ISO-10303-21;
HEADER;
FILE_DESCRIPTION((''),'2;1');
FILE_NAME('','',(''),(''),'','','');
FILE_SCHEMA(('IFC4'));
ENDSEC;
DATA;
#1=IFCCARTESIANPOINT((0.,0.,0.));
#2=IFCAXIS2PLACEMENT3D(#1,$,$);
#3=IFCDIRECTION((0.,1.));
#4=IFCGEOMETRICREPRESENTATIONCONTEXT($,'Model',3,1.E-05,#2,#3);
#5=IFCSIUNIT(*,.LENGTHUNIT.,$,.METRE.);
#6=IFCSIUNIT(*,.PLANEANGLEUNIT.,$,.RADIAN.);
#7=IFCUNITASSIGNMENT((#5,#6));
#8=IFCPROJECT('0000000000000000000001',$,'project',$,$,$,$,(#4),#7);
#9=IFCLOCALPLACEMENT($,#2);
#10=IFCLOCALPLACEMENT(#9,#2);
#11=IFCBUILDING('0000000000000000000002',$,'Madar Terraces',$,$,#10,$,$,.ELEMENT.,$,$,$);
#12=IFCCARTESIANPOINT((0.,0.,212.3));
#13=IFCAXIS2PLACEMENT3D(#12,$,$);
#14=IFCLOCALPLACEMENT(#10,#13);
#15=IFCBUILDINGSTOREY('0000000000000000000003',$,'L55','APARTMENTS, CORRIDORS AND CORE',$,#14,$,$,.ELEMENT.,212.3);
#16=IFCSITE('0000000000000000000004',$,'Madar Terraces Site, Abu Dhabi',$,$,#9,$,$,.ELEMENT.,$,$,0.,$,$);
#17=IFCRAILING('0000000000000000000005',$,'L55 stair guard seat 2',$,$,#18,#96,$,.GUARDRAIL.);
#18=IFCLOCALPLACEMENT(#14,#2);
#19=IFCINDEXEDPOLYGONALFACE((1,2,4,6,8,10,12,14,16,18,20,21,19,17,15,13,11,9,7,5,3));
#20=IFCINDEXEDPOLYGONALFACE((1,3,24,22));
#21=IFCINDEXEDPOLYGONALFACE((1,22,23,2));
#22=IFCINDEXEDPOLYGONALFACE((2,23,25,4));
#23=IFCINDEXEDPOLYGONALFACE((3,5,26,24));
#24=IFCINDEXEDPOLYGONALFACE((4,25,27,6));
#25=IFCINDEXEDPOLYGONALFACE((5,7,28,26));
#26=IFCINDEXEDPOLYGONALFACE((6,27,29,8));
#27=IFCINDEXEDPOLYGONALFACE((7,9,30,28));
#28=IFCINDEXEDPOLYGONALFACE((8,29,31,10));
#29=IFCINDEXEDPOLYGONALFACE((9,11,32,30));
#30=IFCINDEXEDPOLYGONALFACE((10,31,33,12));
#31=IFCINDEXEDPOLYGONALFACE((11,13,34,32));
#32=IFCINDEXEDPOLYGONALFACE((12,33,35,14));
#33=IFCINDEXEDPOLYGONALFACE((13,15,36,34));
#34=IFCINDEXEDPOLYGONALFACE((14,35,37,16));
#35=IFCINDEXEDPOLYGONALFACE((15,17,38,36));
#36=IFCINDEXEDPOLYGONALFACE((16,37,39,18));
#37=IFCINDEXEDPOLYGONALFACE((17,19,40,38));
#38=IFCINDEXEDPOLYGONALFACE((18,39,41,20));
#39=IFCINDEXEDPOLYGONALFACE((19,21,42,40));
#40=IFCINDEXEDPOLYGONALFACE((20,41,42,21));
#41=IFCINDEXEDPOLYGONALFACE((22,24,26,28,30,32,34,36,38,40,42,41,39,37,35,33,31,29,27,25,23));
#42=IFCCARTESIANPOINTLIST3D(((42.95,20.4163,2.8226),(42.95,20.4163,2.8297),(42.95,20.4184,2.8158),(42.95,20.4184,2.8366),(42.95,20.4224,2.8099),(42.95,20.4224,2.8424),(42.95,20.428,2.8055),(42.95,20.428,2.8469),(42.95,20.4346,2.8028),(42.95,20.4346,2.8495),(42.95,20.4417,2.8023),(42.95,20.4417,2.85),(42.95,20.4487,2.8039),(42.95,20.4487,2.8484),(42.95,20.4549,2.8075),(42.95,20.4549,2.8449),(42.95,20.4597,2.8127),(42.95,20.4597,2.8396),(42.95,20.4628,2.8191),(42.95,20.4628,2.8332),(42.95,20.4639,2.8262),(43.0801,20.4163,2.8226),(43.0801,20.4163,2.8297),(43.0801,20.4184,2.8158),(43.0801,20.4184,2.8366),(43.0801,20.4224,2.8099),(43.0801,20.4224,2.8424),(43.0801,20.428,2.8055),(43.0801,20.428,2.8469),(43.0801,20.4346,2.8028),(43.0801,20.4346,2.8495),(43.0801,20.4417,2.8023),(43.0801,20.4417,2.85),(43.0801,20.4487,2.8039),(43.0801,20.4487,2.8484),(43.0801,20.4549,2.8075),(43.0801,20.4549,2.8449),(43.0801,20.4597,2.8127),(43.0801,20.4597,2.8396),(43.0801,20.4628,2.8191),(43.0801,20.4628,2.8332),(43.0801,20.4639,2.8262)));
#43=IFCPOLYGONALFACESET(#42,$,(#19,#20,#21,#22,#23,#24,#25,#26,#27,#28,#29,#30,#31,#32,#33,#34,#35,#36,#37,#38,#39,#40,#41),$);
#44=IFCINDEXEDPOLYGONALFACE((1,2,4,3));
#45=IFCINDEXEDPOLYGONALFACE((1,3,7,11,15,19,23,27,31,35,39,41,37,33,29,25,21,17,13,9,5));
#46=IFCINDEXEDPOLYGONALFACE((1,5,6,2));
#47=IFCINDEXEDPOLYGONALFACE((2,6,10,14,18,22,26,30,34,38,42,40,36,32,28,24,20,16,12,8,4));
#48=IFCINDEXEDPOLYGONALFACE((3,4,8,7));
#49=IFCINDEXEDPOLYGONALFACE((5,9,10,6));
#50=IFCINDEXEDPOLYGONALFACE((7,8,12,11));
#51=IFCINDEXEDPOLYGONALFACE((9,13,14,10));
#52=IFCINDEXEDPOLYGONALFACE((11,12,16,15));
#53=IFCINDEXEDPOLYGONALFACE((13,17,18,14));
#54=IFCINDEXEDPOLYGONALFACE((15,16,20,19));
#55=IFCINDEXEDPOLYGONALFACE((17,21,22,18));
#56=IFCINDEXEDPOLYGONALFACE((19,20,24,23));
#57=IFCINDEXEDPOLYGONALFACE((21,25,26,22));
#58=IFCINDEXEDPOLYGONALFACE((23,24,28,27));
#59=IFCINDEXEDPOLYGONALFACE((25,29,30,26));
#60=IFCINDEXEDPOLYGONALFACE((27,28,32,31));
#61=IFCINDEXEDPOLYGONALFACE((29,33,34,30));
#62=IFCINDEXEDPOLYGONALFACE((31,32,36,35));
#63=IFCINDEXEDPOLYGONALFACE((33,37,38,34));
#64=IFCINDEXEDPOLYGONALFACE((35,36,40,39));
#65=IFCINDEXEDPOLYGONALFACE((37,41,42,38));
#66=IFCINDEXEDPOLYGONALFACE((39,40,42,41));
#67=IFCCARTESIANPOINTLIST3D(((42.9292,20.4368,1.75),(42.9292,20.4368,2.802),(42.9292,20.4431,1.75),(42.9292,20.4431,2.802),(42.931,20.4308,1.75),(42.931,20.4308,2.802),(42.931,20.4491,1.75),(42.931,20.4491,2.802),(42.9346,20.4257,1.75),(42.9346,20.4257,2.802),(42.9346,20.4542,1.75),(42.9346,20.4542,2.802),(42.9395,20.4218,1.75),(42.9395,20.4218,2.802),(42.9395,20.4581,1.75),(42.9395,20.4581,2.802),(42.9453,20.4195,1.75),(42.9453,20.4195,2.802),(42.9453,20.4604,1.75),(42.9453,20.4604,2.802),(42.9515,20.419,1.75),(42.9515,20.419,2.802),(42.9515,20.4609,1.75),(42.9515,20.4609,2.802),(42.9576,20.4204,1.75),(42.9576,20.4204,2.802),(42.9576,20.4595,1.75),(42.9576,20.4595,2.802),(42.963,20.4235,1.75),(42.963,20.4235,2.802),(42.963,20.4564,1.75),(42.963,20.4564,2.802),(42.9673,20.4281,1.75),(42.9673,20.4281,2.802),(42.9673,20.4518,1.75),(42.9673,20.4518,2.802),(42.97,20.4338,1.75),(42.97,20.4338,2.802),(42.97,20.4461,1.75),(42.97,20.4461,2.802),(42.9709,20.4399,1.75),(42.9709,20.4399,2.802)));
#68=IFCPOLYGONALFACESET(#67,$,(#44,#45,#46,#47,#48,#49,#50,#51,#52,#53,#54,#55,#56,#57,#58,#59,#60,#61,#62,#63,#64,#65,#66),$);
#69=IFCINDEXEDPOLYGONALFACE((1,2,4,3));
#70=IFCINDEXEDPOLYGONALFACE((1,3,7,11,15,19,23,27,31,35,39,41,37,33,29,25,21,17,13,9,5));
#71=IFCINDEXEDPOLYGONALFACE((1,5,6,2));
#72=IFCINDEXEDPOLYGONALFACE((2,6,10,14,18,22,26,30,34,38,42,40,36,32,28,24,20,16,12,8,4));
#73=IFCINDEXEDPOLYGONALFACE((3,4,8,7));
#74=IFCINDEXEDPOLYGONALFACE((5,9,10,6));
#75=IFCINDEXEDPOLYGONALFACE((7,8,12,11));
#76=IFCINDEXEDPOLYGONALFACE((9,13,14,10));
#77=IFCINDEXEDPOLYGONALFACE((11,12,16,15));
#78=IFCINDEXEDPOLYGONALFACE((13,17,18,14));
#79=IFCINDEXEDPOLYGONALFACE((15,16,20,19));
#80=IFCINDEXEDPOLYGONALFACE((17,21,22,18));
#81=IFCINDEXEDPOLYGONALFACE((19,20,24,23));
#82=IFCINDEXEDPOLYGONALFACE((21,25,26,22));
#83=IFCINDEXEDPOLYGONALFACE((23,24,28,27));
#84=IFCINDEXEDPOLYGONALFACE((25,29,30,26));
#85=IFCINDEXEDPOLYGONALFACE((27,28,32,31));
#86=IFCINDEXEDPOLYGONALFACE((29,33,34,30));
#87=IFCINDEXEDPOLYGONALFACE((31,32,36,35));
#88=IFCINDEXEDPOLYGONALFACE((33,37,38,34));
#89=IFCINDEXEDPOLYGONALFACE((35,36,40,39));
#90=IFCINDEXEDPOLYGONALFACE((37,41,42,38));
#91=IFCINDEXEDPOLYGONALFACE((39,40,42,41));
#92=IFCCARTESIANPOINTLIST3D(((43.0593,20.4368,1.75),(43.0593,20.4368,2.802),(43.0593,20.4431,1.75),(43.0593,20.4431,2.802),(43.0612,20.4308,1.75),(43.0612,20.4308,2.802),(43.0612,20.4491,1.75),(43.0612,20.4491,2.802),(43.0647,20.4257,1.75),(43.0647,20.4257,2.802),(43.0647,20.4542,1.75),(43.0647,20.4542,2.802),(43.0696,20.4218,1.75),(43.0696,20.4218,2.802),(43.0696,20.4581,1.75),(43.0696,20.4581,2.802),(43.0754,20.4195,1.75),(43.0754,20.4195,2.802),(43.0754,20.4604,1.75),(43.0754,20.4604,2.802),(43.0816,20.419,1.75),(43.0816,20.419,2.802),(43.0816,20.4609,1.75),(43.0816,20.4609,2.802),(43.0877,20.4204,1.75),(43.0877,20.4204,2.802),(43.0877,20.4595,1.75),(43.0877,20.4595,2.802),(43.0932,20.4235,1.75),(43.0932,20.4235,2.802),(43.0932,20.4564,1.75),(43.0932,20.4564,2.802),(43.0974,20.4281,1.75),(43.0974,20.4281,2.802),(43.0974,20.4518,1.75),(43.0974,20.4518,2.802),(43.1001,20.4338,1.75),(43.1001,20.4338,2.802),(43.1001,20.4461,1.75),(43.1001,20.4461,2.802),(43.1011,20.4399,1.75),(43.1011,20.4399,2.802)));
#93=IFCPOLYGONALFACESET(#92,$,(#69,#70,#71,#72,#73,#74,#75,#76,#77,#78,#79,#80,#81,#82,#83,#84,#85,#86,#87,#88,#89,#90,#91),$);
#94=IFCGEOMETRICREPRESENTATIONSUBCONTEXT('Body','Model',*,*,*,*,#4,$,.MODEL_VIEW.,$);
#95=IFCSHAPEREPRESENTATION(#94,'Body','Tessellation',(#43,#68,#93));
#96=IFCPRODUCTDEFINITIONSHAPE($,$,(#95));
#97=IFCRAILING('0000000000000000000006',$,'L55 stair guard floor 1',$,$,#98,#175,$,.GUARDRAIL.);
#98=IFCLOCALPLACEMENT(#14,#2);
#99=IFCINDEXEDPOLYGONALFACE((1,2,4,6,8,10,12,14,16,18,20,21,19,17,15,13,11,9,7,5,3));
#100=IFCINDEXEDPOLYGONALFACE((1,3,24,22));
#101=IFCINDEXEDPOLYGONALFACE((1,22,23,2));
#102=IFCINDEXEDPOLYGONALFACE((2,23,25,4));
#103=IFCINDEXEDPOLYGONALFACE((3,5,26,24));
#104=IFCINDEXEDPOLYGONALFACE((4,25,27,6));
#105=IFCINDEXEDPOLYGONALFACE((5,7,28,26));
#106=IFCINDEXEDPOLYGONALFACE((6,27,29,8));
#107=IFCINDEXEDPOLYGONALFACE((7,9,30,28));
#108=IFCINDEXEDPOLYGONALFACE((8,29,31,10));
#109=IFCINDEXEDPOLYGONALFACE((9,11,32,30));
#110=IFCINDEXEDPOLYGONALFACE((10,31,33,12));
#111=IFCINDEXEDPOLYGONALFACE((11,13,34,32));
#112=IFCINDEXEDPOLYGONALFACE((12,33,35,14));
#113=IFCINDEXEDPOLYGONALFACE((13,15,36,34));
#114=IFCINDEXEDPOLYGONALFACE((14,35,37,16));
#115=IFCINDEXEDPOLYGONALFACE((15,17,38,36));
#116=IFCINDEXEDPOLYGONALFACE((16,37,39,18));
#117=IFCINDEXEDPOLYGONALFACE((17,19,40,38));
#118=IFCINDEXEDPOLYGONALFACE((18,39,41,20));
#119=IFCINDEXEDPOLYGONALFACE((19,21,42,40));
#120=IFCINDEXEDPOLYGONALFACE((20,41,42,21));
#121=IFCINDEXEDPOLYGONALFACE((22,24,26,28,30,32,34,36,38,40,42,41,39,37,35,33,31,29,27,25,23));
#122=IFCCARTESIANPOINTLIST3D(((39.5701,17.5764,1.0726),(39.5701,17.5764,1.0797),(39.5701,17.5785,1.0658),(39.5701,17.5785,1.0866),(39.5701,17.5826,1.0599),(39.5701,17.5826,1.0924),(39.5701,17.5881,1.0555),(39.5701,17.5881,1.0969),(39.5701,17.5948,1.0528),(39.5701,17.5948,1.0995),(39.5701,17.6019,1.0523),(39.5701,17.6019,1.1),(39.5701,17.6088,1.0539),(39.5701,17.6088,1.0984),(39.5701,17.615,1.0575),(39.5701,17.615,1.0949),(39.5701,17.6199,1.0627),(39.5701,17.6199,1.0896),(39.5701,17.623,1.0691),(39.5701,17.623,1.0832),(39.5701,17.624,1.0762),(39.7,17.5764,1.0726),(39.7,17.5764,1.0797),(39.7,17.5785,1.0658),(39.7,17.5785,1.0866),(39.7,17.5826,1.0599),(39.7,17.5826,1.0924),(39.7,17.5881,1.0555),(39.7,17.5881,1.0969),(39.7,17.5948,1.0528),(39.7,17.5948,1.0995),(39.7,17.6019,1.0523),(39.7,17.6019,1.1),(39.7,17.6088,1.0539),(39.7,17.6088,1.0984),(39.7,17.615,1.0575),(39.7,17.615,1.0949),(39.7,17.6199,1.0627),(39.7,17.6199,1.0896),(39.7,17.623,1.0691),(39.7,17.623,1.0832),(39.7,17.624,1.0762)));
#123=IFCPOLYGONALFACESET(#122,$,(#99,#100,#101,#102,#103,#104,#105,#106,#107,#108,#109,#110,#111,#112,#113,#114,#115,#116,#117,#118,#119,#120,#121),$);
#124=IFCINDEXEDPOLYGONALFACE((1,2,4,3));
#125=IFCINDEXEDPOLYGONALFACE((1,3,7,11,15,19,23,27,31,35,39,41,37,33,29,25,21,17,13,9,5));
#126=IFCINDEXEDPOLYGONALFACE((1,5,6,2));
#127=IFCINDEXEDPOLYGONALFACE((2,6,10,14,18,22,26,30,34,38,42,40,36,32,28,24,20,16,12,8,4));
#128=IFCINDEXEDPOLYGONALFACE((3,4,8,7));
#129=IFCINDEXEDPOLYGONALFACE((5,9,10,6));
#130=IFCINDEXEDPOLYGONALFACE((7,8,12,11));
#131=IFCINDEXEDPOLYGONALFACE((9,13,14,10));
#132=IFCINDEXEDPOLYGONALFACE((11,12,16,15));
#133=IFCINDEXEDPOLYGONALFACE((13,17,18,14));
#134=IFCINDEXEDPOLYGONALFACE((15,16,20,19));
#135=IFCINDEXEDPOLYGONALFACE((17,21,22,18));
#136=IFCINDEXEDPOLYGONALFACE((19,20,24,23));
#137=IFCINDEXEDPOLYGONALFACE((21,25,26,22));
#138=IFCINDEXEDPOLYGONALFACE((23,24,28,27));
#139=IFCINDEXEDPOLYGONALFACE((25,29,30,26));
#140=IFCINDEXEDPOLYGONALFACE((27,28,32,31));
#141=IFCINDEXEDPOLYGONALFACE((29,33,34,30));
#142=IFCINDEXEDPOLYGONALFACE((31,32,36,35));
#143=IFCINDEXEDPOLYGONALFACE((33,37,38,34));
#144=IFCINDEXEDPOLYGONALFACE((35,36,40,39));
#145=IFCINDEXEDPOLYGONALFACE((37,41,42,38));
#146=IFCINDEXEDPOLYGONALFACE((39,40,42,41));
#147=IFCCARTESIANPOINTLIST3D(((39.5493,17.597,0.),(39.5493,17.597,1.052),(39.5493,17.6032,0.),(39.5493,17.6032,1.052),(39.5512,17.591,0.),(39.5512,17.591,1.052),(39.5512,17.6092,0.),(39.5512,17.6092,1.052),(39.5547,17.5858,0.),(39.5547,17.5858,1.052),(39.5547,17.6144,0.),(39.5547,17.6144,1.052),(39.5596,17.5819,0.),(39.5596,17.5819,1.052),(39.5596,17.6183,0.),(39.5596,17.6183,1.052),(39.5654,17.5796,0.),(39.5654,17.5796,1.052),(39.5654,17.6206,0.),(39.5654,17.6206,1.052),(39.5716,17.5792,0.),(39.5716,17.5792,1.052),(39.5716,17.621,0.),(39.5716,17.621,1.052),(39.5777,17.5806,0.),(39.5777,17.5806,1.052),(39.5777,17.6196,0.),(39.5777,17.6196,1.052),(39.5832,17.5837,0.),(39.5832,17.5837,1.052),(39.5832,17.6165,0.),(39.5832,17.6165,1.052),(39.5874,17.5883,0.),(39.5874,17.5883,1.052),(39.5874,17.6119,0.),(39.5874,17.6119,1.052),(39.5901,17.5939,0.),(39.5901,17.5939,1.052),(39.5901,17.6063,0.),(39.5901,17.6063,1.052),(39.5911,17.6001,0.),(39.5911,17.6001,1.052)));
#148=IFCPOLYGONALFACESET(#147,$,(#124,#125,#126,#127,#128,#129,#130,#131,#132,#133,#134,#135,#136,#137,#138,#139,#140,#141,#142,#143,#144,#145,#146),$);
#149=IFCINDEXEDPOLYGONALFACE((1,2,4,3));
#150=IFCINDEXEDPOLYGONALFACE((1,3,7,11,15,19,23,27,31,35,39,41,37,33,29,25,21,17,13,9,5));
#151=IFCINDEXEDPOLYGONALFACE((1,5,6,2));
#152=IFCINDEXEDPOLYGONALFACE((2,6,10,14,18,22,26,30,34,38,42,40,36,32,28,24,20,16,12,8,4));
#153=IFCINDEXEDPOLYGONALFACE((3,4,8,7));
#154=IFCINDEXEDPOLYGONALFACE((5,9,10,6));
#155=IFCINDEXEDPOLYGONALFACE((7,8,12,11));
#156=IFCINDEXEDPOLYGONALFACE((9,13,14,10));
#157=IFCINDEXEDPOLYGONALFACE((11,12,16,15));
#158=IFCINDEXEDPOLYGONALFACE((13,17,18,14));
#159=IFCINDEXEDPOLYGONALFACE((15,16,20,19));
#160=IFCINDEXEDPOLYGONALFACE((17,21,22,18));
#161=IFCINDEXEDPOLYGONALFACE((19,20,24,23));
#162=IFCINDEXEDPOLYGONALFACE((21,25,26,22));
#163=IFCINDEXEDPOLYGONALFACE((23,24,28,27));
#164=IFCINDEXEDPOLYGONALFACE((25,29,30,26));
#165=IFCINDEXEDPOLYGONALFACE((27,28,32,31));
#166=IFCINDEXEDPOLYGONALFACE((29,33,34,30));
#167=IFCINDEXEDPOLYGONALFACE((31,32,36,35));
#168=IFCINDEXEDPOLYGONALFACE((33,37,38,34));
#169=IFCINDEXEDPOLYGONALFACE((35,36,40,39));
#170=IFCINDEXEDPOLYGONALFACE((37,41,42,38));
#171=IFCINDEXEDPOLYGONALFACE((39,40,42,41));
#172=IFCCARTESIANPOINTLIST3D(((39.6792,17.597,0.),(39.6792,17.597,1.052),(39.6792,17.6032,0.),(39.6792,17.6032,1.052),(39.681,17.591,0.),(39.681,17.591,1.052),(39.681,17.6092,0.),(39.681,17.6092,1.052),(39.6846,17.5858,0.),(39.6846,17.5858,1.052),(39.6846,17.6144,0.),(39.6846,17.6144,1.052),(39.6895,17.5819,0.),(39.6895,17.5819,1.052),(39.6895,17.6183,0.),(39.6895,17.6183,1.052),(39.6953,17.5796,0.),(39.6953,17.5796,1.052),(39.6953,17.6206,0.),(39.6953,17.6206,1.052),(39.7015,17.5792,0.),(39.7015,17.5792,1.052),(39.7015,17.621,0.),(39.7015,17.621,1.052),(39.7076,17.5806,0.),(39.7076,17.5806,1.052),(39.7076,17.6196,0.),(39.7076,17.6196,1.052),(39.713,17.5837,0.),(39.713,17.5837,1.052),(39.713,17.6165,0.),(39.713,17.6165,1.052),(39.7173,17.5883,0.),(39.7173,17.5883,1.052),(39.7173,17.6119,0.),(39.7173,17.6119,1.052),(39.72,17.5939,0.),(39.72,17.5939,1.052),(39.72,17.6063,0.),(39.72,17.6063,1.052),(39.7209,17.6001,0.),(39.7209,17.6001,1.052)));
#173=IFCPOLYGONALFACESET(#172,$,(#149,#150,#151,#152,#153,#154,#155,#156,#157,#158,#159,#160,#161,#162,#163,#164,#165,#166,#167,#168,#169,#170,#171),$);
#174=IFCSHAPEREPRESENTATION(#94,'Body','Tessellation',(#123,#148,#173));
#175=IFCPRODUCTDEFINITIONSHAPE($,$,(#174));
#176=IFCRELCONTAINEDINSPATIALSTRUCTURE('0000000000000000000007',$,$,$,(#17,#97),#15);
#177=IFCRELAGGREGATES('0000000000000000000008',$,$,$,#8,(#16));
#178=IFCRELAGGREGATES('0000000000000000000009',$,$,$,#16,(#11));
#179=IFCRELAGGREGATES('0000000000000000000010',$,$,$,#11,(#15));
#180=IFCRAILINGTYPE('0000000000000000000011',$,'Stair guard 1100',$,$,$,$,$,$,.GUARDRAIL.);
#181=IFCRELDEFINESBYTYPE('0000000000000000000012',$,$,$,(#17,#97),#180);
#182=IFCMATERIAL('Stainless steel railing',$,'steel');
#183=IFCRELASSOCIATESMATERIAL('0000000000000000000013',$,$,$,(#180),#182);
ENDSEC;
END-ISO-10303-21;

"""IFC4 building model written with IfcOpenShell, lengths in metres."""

from ifc_helpers import new_model, si_unit, direction, frame, origin, origin_2d, place, context, subcontext, project, spatial, circle, extrude, material, type_object, element, save


model = new_model("IFC4")

# Units and contexts
model_context = context("Model", 3, precision=1e-05, world=origin(), true_north=direction((0.0, 1.0)))
body_context = subcontext(model_context, "Body", "Model", "MODEL_VIEW")
ifc_project = project(units=[si_unit("LENGTHUNIT", "METRE"), si_unit("PLANEANGLEUNIT", "RADIAN")], contexts=[model_context])

# Site, building, storey
site_placement = place(None, origin())
site = spatial("IfcSite", under=ifc_project, at=site_placement, Name="Madar Terraces Site, Abu Dhabi", CompositionType="ELEMENT", RefElevation=0.0)
building_placement = place(site_placement, origin())
building = spatial("IfcBuilding", under=site, at=building_placement, Name="Madar Terraces", CompositionType="ELEMENT")
storey_placement = place(building_placement, frame((0.0, 0.0, 212.3)))
storey = spatial("IfcBuildingStorey", under=building, at=storey_placement, Name="L55", Description="APARTMENTS, CORRIDORS AND CORE", CompositionType="ELEMENT", Elevation=212.3)

# Railings
ifc_material_1 = material(Name="Stainless steel railing", Category="steel")
railing_type_1 = type_object("IfcRailingType", Name="Stair guard 1100", PredefinedType="GUARDRAIL", material=ifc_material_1)
railing_1_placement = place(storey_placement, frame((42.95, 20.4399, 1.75)))
element("IfcRailing", 1, at=railing_1_placement, inside=storey, type_object=railing_type_1, Name="L55 stair guard seat 2", PredefinedType="GUARDRAIL", context=body_context, shape_type="SweptSolid", body=[
    extrude(circle(Radius=0.0239, at=origin_2d()), frame((0.0, 0.0, 1.0762), z_axis=(1.0, 0.0, 0.0), x_axis=(0.0, 1.0, 0.0)), (0.0, 0.0, 1.0), 0.1301),
    extrude(circle(Radius=0.021, at=origin_2d()), origin(), (0.0, 0.0, 1.0), 1.052),
    extrude(circle(Radius=0.021, at=origin_2d()), frame((0.1301, 0.0, 0.0)), (0.0, 0.0, 1.0), 1.052),
])
railing_2_placement = place(storey_placement, frame((39.5701, 17.6001, 0.0)))
element("IfcRailing", 2, at=railing_2_placement, inside=storey, type_object=railing_type_1, Name="L55 stair guard floor 1", PredefinedType="GUARDRAIL", context=body_context, shape_type="SweptSolid", body=[
    extrude(circle(Radius=0.0239, at=origin_2d()), frame((0.0, 0.0, 1.0762), z_axis=(1.0, 0.0, 0.0), x_axis=(0.0, 1.0, 0.0)), (0.0, 0.0, 1.0), 0.1299),
    extrude(circle(Radius=0.021, at=origin_2d()), origin(), (0.0, 0.0, 1.0), 1.052),
    extrude(circle(Radius=0.021, at=origin_2d()), frame((0.1299, 0.0, 0.0)), (0.0, 0.0, 1.0), 1.052),
])

save(model, "model.ifc")
